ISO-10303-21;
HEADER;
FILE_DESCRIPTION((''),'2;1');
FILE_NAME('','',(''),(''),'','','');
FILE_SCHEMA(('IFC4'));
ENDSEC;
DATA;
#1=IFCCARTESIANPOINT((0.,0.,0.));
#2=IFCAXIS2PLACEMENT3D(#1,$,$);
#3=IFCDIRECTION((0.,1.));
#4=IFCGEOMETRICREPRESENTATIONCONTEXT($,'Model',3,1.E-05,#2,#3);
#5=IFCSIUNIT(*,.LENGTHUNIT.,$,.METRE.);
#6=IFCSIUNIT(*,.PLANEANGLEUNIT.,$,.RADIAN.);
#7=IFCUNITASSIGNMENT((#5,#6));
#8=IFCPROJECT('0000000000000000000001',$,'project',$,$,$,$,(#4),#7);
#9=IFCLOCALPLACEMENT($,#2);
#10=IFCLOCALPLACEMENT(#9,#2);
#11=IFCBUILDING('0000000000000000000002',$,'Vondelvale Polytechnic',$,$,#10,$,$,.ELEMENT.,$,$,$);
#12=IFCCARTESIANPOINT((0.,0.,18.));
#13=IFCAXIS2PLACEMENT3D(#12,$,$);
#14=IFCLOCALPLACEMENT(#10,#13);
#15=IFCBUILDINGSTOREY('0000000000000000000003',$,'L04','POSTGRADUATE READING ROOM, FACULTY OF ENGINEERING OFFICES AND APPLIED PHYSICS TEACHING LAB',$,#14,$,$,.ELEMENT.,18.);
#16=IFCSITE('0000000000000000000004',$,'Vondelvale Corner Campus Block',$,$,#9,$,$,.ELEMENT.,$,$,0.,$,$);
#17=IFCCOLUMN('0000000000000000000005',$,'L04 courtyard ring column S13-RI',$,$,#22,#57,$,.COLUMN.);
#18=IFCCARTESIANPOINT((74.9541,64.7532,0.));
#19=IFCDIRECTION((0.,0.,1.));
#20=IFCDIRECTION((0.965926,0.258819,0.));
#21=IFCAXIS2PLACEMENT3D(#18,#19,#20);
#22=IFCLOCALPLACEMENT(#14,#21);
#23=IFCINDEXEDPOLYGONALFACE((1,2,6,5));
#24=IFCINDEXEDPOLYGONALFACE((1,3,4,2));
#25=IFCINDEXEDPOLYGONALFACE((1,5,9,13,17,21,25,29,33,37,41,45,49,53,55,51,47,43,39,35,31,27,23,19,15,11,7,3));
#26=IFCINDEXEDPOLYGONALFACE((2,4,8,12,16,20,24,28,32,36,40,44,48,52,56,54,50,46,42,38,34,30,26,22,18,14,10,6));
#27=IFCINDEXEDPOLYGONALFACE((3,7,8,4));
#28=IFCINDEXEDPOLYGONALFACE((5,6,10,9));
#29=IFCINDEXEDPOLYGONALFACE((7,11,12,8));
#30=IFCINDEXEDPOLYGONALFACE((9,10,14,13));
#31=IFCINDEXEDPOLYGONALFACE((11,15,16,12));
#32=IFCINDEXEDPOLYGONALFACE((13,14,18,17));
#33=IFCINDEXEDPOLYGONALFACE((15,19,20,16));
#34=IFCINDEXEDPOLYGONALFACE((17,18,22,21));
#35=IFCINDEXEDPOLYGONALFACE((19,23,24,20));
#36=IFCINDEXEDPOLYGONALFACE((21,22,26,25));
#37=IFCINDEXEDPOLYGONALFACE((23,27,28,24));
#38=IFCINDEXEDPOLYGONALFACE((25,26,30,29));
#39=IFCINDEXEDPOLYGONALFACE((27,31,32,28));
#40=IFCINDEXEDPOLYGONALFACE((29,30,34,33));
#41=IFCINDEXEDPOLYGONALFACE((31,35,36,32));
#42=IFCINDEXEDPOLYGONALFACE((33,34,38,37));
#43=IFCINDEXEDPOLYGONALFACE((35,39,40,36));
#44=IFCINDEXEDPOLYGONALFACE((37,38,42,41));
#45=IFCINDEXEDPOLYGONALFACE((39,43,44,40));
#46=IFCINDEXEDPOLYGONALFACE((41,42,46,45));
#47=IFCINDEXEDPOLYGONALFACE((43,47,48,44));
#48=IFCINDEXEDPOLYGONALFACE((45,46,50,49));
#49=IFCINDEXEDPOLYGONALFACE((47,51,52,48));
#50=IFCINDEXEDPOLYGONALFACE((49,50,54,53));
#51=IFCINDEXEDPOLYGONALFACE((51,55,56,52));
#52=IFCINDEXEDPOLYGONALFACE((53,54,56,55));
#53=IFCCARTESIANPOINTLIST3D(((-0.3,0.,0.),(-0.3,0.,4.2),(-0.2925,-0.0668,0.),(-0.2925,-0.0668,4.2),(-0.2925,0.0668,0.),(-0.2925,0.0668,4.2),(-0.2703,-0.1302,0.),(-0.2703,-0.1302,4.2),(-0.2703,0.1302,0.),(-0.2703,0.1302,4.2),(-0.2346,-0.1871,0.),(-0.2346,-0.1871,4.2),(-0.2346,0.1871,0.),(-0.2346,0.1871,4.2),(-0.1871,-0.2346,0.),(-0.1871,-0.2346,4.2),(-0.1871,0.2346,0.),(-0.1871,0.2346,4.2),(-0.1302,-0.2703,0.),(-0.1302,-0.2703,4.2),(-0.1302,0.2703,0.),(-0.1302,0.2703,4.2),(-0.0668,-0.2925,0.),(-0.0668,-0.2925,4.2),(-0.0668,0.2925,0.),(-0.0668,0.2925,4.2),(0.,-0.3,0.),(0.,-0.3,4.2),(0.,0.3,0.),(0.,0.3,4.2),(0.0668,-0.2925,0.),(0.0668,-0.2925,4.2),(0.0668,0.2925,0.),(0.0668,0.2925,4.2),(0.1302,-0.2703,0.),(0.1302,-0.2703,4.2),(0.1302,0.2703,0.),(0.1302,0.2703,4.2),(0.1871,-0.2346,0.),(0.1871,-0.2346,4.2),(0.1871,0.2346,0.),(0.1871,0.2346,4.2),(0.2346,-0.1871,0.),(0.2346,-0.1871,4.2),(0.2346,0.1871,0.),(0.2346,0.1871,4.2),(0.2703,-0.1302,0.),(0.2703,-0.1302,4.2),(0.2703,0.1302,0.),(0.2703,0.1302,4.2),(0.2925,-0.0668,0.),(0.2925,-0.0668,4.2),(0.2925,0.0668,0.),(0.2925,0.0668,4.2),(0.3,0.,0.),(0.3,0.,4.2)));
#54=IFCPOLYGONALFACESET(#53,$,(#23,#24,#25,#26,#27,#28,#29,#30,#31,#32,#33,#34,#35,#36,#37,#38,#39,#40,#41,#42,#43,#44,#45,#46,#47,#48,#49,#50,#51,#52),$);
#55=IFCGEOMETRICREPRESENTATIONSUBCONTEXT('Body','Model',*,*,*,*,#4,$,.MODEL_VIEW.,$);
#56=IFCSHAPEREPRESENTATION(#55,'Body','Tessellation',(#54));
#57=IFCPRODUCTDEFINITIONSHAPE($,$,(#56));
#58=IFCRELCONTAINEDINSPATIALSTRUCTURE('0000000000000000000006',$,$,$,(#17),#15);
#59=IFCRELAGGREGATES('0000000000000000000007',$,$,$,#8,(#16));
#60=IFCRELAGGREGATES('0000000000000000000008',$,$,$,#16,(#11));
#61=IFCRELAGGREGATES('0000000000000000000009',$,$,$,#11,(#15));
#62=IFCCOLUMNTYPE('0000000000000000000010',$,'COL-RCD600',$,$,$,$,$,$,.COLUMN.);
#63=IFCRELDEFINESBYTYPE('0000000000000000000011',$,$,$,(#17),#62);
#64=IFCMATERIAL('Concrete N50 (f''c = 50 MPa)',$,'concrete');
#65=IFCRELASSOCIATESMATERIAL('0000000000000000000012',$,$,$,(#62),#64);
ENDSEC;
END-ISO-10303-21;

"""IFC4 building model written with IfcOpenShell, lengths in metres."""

from ifc_helpers import new_model, si_unit, direction, frame, origin, origin_2d, place, context, subcontext, project, spatial, circle, extrude, material, material_profile, profile_set, type_object, element, save


model = new_model("IFC4")

# Units and contexts
model_context = context("Model", 3, precision=1e-05, world=origin(), true_north=direction((0.0, 1.0)))
body_context = subcontext(model_context, "Body", "Model", "MODEL_VIEW")
ifc_project = project(units=[si_unit("LENGTHUNIT", "METRE"), si_unit("PLANEANGLEUNIT", "RADIAN")], contexts=[model_context])

# Site, building, storey
site_placement = place(None, origin())
site = spatial("IfcSite", under=ifc_project, at=site_placement, Name="Vondelvale Corner Campus Block", CompositionType="ELEMENT", RefElevation=0.0)
building_placement = place(site_placement, origin())
building = spatial("IfcBuilding", under=site, at=building_placement, Name="Vondelvale Polytechnic", CompositionType="ELEMENT")
storey_placement = place(building_placement, frame((0.0, 0.0, 18.0)))
storey = spatial("IfcBuildingStorey", under=building, at=storey_placement, Name="L04", Description="POSTGRADUATE READING ROOM, FACULTY OF ENGINEERING OFFICES AND APPLIED PHYSICS TEACHING LAB", CompositionType="ELEMENT", Elevation=18.0)

# Column
ifc_material_1 = material(Name="Concrete N50 (f'c = 50 MPa)", Category="concrete")
ifc_material_profile_1 = material_profile(ifc_material_1, circle(Radius=0.3, at=origin_2d()), Name="RC-COL-D600")
ifc_profile_set_1 = profile_set([ifc_material_profile_1], Name="Concrete N50 (f'c = 50 MPa)")
column_type = type_object("IfcColumnType", Name="COL-RCD600", PredefinedType="COLUMN", material=ifc_profile_set_1)
column_placement = place(storey_placement, frame((74.9541, 64.7532, 0.0), z_axis=(0.0, 0.0, 1.0), x_axis=(0.965926, 0.258819, 0.0)))
element("IfcColumn", 1, at=column_placement, inside=storey, type_object=column_type, Name="L04 courtyard ring column S13-RI", PredefinedType="COLUMN", context=body_context, shape_type="SweptSolid", body=[
    extrude(circle(Radius=0.3, at=origin_2d()), origin(), (0.0, 0.0, 1.0), 4.2),
])

save(model, "model.ifc")
